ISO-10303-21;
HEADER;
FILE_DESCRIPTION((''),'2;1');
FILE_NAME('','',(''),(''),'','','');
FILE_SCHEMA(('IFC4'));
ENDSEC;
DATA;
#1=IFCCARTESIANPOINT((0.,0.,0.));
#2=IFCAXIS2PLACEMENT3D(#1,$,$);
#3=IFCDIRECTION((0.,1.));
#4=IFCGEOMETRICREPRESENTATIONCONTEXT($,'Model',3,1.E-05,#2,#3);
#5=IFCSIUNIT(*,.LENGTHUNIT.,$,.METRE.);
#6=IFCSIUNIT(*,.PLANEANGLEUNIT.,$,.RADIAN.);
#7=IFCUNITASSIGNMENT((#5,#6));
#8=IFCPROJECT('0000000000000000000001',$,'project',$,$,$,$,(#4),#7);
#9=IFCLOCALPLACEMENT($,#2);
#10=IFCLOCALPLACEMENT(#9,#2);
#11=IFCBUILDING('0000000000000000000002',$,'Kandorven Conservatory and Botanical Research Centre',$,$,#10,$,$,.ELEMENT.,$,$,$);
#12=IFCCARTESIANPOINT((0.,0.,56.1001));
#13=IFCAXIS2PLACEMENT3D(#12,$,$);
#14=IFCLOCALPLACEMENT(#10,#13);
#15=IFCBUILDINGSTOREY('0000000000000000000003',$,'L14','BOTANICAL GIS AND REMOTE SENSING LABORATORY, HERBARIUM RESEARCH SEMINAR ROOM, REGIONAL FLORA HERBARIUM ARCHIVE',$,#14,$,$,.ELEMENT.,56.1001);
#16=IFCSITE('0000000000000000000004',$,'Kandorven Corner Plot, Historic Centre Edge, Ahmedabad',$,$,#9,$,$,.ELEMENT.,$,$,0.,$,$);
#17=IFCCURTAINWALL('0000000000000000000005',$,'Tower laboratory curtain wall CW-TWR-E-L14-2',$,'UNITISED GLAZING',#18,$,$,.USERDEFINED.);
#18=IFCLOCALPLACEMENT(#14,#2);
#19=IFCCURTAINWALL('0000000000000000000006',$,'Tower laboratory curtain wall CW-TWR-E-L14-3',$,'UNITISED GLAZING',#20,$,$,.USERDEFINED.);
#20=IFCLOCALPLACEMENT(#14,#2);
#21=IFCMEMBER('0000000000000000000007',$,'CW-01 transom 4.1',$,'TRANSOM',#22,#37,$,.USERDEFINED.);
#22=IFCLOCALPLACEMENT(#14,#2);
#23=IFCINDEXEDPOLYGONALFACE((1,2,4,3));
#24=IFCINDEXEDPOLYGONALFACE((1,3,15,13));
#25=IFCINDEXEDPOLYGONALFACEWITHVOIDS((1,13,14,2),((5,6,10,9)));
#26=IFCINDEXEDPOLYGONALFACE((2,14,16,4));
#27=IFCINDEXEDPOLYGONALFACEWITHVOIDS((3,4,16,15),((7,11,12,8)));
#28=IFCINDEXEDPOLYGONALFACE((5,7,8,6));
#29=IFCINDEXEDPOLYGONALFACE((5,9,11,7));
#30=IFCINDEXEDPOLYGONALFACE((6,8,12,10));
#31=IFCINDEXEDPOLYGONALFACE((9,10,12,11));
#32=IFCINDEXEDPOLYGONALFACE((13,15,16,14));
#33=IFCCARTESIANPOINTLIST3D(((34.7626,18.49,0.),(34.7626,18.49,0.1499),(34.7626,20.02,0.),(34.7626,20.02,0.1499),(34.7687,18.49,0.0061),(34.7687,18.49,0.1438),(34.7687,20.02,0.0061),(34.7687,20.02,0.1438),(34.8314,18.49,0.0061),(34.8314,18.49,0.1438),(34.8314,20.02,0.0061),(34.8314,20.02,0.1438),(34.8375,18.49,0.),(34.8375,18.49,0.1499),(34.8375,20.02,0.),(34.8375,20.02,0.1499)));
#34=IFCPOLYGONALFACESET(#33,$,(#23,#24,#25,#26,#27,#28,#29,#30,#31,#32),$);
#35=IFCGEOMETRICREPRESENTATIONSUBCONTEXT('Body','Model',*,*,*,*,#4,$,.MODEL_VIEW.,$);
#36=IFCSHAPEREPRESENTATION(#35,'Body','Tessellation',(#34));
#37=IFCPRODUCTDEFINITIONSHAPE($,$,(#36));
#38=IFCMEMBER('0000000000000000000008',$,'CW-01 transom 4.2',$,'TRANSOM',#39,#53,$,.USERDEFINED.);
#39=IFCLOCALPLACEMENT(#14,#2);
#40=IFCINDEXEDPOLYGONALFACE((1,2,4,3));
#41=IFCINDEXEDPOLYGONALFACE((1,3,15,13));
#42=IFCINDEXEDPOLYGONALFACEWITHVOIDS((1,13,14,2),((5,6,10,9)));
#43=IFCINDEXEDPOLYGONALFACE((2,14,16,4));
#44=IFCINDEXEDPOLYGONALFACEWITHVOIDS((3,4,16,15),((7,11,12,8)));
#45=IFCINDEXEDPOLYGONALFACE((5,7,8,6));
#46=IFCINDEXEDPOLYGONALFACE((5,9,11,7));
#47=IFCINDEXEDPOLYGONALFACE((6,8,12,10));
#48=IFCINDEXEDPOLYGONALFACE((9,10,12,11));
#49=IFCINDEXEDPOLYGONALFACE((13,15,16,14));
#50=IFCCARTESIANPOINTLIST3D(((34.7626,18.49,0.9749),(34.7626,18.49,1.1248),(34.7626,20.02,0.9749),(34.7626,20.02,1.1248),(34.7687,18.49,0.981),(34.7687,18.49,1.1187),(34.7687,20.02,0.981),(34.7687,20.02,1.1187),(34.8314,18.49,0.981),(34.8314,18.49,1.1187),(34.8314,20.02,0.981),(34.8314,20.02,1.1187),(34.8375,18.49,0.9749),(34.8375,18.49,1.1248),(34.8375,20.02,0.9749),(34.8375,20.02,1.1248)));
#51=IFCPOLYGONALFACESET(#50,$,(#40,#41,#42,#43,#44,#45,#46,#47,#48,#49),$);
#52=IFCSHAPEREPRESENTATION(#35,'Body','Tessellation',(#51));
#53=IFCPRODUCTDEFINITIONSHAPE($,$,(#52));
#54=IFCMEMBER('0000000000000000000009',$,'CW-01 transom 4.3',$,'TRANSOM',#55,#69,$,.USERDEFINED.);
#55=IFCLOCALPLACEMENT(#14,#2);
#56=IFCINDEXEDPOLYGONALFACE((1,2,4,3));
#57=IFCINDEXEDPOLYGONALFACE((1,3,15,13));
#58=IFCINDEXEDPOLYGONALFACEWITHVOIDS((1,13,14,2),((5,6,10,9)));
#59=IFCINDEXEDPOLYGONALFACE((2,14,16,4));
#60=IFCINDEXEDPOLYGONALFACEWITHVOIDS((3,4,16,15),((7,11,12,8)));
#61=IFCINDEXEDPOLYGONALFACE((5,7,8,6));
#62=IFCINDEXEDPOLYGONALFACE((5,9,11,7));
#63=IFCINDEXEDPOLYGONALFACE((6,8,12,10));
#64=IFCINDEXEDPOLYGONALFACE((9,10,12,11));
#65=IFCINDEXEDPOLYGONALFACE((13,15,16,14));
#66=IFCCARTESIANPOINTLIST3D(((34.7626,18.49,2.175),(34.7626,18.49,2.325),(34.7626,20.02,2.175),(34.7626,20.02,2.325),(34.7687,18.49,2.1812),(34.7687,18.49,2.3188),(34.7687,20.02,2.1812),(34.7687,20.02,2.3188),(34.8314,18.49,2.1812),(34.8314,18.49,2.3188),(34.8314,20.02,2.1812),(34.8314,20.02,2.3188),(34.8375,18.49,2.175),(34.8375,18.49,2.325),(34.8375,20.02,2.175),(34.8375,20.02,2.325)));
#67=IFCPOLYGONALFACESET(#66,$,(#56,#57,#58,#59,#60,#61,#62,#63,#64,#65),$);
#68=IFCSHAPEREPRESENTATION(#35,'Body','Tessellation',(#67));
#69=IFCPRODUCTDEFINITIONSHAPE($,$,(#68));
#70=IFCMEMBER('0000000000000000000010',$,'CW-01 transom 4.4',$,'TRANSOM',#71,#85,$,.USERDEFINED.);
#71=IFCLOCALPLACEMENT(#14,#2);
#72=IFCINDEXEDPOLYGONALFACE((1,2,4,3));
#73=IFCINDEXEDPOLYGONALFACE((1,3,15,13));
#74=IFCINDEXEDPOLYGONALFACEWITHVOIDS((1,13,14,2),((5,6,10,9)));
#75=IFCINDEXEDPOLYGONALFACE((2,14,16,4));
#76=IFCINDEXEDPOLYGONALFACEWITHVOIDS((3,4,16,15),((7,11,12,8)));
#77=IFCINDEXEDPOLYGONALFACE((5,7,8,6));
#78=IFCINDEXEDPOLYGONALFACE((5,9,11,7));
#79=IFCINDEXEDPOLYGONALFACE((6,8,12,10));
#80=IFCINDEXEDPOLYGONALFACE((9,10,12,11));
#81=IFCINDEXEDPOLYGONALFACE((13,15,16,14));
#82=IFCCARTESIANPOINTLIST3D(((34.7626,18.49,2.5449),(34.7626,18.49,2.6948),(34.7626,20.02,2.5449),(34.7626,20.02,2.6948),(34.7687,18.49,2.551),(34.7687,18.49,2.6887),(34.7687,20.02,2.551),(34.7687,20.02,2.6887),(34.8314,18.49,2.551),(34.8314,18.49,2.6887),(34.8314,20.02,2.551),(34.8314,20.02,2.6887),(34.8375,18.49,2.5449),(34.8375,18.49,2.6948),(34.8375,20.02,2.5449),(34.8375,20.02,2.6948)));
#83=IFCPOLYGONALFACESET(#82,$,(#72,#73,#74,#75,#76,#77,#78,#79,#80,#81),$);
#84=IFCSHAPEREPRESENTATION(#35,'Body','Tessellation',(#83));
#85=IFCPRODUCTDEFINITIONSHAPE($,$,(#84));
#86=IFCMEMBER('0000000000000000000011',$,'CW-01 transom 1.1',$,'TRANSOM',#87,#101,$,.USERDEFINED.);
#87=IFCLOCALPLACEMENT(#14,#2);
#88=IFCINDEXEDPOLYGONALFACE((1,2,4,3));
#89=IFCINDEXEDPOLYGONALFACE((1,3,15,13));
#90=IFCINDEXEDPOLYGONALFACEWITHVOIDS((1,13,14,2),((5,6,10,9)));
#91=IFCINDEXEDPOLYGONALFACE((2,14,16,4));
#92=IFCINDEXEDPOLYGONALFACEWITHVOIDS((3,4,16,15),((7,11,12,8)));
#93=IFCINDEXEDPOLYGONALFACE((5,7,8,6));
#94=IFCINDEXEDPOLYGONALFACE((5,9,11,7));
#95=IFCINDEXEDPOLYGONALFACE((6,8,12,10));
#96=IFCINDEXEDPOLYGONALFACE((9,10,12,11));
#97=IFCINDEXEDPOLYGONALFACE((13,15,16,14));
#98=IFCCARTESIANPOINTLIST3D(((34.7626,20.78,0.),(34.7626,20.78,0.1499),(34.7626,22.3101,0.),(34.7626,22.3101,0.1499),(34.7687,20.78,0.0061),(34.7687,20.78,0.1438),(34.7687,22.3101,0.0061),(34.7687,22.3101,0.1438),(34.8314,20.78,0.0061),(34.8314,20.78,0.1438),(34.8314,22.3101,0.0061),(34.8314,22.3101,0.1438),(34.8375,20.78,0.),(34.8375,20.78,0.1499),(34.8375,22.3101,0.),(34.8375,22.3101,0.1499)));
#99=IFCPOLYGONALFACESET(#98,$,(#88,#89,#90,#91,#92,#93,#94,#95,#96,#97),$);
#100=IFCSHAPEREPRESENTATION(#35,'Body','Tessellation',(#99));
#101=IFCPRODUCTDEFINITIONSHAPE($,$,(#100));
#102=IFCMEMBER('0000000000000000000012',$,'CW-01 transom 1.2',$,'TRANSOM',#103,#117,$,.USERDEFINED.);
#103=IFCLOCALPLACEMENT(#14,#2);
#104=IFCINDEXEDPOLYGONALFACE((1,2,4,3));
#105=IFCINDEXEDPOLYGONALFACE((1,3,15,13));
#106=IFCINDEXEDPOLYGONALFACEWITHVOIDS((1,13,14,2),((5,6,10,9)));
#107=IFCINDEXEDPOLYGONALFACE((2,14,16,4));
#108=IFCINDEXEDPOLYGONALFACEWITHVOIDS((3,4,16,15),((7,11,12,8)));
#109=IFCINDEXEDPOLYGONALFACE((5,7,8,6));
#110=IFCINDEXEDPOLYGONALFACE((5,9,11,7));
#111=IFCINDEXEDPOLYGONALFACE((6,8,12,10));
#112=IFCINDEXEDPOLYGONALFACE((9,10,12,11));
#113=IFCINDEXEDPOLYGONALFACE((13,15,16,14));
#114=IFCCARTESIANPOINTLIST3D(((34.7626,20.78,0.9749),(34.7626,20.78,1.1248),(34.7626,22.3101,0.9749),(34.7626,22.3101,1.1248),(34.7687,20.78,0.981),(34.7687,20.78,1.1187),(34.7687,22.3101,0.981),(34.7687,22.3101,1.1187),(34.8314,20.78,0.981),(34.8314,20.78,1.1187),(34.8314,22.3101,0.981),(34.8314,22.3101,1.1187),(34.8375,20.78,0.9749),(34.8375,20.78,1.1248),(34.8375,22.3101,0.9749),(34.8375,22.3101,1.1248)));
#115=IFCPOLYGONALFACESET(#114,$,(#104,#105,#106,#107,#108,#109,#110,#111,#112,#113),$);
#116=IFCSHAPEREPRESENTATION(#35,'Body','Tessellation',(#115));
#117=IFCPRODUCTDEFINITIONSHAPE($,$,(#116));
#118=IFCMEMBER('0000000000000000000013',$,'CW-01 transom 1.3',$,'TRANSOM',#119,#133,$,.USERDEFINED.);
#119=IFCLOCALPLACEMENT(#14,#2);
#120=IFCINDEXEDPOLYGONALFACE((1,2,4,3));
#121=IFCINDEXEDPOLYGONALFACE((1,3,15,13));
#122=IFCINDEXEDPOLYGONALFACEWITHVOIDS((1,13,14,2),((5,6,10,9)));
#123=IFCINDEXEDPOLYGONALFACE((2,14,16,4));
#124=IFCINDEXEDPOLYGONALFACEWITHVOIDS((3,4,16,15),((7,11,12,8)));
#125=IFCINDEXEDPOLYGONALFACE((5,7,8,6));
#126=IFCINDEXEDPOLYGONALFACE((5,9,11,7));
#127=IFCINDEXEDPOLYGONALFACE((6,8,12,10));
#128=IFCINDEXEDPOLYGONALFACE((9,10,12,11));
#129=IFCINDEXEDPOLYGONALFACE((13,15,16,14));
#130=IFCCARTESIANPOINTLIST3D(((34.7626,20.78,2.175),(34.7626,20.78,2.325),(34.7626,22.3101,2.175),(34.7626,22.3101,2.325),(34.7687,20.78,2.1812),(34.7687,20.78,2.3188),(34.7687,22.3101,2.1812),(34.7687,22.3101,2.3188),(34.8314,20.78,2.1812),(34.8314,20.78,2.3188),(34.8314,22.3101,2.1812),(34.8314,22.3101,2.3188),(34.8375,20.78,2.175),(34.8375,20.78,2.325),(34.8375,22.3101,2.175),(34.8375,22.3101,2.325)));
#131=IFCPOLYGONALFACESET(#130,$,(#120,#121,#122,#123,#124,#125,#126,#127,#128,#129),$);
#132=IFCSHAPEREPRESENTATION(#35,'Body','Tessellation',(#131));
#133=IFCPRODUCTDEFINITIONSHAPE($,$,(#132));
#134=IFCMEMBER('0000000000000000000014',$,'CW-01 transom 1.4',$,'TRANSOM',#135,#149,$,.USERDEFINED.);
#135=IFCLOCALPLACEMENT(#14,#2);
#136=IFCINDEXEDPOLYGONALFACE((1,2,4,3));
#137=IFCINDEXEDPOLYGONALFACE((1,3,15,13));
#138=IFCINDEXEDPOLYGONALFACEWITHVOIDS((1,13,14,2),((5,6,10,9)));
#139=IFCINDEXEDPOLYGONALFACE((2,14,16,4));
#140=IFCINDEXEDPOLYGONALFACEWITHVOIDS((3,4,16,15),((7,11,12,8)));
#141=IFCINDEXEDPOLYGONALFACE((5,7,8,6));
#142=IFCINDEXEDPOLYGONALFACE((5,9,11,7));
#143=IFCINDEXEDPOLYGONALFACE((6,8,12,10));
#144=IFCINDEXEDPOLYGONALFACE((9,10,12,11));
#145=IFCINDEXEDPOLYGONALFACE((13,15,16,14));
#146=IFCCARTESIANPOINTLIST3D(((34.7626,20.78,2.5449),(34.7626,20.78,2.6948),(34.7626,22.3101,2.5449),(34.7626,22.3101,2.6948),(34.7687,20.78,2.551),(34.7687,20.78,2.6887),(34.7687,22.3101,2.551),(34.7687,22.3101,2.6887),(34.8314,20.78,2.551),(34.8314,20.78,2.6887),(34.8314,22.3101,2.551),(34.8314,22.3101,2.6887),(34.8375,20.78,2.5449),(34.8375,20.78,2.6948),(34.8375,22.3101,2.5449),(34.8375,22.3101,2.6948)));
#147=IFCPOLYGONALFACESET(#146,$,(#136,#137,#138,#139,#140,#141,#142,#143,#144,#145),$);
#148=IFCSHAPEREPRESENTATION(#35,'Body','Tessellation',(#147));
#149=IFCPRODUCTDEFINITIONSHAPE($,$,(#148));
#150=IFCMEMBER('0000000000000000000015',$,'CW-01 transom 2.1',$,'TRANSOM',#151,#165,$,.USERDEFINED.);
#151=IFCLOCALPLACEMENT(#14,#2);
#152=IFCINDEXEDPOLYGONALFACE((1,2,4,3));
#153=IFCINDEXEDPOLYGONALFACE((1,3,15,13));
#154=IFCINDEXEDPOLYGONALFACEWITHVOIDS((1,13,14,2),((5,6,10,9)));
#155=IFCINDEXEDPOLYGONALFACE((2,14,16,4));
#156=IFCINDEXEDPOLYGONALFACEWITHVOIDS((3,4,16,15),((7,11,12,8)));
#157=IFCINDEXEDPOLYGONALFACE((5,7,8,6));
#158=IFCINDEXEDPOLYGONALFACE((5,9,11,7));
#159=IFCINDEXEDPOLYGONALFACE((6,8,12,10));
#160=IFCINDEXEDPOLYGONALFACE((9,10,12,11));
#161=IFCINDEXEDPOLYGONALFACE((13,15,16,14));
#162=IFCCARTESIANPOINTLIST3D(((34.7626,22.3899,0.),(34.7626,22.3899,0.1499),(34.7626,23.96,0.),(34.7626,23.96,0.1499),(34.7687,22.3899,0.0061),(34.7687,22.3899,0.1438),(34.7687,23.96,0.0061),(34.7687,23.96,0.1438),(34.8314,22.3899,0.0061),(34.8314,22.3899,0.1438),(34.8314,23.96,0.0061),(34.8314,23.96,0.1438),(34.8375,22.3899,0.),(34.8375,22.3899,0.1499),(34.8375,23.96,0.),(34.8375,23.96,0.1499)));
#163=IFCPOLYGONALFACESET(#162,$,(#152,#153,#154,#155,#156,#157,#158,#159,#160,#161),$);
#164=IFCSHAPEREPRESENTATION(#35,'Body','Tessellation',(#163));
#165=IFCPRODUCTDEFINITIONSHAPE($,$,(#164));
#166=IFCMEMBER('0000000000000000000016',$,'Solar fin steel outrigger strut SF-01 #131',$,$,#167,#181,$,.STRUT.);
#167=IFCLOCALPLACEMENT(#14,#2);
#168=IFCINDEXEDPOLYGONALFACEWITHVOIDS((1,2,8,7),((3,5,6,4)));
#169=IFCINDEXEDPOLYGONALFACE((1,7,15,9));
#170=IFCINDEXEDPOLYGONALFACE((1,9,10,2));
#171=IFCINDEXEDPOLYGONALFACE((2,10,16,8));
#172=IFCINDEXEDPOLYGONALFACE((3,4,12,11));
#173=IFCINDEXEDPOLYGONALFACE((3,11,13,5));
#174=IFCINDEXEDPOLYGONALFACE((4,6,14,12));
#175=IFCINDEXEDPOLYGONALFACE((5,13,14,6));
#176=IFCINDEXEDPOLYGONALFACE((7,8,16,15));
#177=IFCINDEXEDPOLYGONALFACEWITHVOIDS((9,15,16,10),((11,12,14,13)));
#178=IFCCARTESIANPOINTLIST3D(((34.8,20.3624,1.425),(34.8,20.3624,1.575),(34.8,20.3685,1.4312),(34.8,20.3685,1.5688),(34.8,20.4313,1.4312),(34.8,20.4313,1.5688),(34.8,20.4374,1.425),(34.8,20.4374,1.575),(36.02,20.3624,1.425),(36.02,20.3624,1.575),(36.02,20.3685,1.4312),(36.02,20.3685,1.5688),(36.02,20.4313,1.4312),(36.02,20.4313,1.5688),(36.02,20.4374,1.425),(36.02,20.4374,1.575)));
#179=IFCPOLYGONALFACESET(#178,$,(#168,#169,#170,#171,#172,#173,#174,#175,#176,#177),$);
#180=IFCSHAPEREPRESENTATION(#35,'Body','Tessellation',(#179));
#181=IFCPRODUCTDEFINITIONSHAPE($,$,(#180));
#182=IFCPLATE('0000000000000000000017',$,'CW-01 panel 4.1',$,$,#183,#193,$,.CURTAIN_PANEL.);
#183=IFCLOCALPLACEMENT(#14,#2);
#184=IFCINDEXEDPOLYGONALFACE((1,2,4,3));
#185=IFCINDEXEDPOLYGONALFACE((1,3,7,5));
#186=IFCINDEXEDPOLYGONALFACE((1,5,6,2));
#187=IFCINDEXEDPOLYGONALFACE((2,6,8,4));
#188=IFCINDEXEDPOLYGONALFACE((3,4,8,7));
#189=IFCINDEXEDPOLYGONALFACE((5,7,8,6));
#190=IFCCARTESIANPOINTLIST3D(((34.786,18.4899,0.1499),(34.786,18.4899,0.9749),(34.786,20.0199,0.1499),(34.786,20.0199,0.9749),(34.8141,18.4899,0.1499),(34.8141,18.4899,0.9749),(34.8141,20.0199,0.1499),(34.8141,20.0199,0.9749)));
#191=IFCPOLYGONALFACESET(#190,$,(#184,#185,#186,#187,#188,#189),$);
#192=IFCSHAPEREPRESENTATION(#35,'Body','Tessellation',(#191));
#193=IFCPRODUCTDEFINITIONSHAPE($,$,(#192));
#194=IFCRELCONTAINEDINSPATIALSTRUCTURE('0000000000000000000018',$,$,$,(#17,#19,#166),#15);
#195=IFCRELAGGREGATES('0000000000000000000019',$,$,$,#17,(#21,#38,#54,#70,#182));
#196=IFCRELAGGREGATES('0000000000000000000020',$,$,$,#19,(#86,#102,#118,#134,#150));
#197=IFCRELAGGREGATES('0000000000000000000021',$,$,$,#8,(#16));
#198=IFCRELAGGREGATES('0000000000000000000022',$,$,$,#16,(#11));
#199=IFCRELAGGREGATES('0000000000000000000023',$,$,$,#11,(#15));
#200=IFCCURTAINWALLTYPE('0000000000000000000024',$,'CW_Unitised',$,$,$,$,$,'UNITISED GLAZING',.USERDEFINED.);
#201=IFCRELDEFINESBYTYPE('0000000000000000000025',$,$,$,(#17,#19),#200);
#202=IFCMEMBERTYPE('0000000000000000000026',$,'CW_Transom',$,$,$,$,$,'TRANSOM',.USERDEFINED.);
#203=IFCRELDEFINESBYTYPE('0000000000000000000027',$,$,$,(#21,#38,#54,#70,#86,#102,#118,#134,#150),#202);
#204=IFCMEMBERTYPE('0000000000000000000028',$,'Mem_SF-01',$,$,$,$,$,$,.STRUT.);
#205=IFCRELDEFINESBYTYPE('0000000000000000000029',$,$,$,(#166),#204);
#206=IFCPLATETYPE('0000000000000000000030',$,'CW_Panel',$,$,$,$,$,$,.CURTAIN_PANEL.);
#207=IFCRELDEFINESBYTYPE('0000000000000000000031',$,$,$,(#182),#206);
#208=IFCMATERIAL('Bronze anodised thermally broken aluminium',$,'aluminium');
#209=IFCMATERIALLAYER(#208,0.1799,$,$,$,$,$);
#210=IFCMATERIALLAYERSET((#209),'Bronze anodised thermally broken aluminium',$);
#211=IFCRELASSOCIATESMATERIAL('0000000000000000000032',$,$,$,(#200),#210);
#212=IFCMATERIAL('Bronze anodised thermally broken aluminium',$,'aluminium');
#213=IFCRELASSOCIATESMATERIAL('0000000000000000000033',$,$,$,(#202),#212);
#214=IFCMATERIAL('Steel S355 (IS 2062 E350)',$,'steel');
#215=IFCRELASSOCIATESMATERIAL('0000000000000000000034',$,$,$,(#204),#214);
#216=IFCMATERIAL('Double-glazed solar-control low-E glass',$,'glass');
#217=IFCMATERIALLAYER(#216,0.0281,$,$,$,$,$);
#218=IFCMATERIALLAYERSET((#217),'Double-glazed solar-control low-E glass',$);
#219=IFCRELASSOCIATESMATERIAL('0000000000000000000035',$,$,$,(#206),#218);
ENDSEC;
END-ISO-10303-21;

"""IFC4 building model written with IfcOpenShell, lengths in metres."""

from ifc_helpers import new_model, si_unit, direction, frame, origin, origin_2d, place, context, subcontext, project, spatial, rectangle, hollow_rectangle, extrude, material, layer, layer_set, material_profile, profile_set, type_object, element, aggregate, save


model = new_model("IFC4")

# Units and contexts
model_context = context("Model", 3, precision=1e-05, world=origin(), true_north=direction((0.0, 1.0)))
body_context = subcontext(model_context, "Body", "Model", "MODEL_VIEW")
ifc_project = project(units=[si_unit("LENGTHUNIT", "METRE"), si_unit("PLANEANGLEUNIT", "RADIAN")], contexts=[model_context])

# Site, building, storey
site_placement = place(None, origin())
site = spatial("IfcSite", under=ifc_project, at=site_placement, Name="Kandorven Corner Plot, Historic Centre Edge, Ahmedabad", CompositionType="ELEMENT", RefElevation=0.0)
building_placement = place(site_placement, origin())
building = spatial("IfcBuilding", under=site, at=building_placement, Name="Kandorven Conservatory and Botanical Research Centre", CompositionType="ELEMENT")
storey_placement = place(building_placement, frame((0.0, 0.0, 56.1001)))
storey = spatial("IfcBuildingStorey", under=building, at=storey_placement, Name="L14", Description="BOTANICAL GIS AND REMOTE SENSING LABORATORY, HERBARIUM RESEARCH SEMINAR ROOM, REGIONAL FLORA HERBARIUM ARCHIVE", CompositionType="ELEMENT", Elevation=56.1001)

# Curtain walls
ifc_material_1 = material(Name="Bronze anodised thermally broken aluminium", Category="aluminium")
ifc_layer_1 = layer(ifc_material_1, 0.1799)
ifc_layer_set_1 = layer_set([ifc_layer_1], Name="Bronze anodised thermally broken aluminium")
curtain_wall_type = type_object("IfcCurtainWallType", Name="CW_Unitised", ElementType="UNITISED GLAZING", PredefinedType="USERDEFINED", material=ifc_layer_set_1)
curtain_wall_1_placement = place(storey_placement, origin())
curtain_wall_1 = element("IfcCurtainWall", 1, at=curtain_wall_1_placement, inside=storey, type_object=curtain_wall_type, Name="Tower laboratory curtain wall CW-TWR-E-L14-2", ObjectType="UNITISED GLAZING", PredefinedType="USERDEFINED")
curtain_wall_2_placement = place(storey_placement, origin())
curtain_wall_2 = element("IfcCurtainWall", 2, at=curtain_wall_2_placement, inside=storey, type_object=curtain_wall_type, Name="Tower laboratory curtain wall CW-TWR-E-L14-3", ObjectType="UNITISED GLAZING", PredefinedType="USERDEFINED")

# Members
ifc_material_2 = material(Name="Bronze anodised thermally broken aluminium", Category="aluminium")
ifc_material_profile_1 = material_profile(ifc_material_2, hollow_rectangle(XDim=0.075, YDim=0.1499, WallThickness=0.0061, at=origin_2d()))
ifc_profile_set_1 = profile_set([ifc_material_profile_1], Name="Bronze anodised thermally broken aluminium")
member_type_1 = type_object("IfcMemberType", Name="CW_Transom", ElementType="TRANSOM", PredefinedType="USERDEFINED", material=ifc_profile_set_1)
member_1_placement = place(storey_placement, frame((34.8, 18.49, 0.075), z_axis=(0.0, 1.0, 0.0), x_axis=(-1.0, 0.0, 0.0)))
member_1 = element("IfcMember", 3, at=member_1_placement, type_object=member_type_1, Name="CW-01 transom 4.1", ObjectType="TRANSOM", PredefinedType="USERDEFINED", context=body_context, shape_type="SweptSolid", body=[
    extrude(hollow_rectangle(XDim=0.075, YDim=0.1499, WallThickness=0.0061, at=origin_2d()), origin(), (0.0, 0.0, 1.0), 1.53),
])
member_2_placement = place(storey_placement, frame((34.8, 18.49, 1.0498), z_axis=(0.0, 1.0, 0.0), x_axis=(-1.0, 0.0, 0.0)))
member_2 = element("IfcMember", 4, at=member_2_placement, type_object=member_type_1, Name="CW-01 transom 4.2", ObjectType="TRANSOM", PredefinedType="USERDEFINED", context=body_context, shape_type="SweptSolid", body=[
    extrude(hollow_rectangle(XDim=0.075, YDim=0.1499, WallThickness=0.0061, at=origin_2d()), origin(), (0.0, 0.0, 1.0), 1.53),
])
member_3_placement = place(storey_placement, frame((34.8, 18.49, 2.25), z_axis=(0.0, 1.0, 0.0), x_axis=(-1.0, 0.0, 0.0)))
member_3 = element("IfcMember", 5, at=member_3_placement, type_object=member_type_1, Name="CW-01 transom 4.3", ObjectType="TRANSOM", PredefinedType="USERDEFINED", context=body_context, shape_type="SweptSolid", body=[
    extrude(hollow_rectangle(XDim=0.075, YDim=0.1499, WallThickness=0.0061, at=origin_2d()), origin(), (0.0, 0.0, 1.0), 1.53),
])
member_4_placement = place(storey_placement, frame((34.8, 18.49, 2.6199), z_axis=(0.0, 1.0, 0.0), x_axis=(-1.0, 0.0, 0.0)))
member_4 = element("IfcMember", 6, at=member_4_placement, type_object=member_type_1, Name="CW-01 transom 4.4", ObjectType="TRANSOM", PredefinedType="USERDEFINED", context=body_context, shape_type="SweptSolid", body=[
    extrude(hollow_rectangle(XDim=0.075, YDim=0.1499, WallThickness=0.0061, at=origin_2d()), origin(), (0.0, 0.0, 1.0), 1.53),
])
member_5_placement = place(storey_placement, frame((34.8, 20.78, 0.075), z_axis=(0.0, 1.0, 0.0), x_axis=(-1.0, 0.0, 0.0)))
member_5 = element("IfcMember", 7, at=member_5_placement, type_object=member_type_1, Name="CW-01 transom 1.1", ObjectType="TRANSOM", PredefinedType="USERDEFINED", context=body_context, shape_type="SweptSolid", body=[
    extrude(hollow_rectangle(XDim=0.075, YDim=0.1499, WallThickness=0.0061, at=origin_2d()), origin(), (0.0, 0.0, 1.0), 1.53),
])
member_6_placement = place(storey_placement, frame((34.8, 20.78, 1.0498), z_axis=(0.0, 1.0, 0.0), x_axis=(-1.0, 0.0, 0.0)))
member_6 = element("IfcMember", 8, at=member_6_placement, type_object=member_type_1, Name="CW-01 transom 1.2", ObjectType="TRANSOM", PredefinedType="USERDEFINED", context=body_context, shape_type="SweptSolid", body=[
    extrude(hollow_rectangle(XDim=0.075, YDim=0.1499, WallThickness=0.0061, at=origin_2d()), origin(), (0.0, 0.0, 1.0), 1.53),
])
member_7_placement = place(storey_placement, frame((34.8, 20.78, 2.25), z_axis=(0.0, 1.0, 0.0), x_axis=(-1.0, 0.0, 0.0)))
member_7 = element("IfcMember", 9, at=member_7_placement, type_object=member_type_1, Name="CW-01 transom 1.3", ObjectType="TRANSOM", PredefinedType="USERDEFINED", context=body_context, shape_type="SweptSolid", body=[
    extrude(hollow_rectangle(XDim=0.075, YDim=0.1499, WallThickness=0.0061, at=origin_2d()), origin(), (0.0, 0.0, 1.0), 1.53),
])
member_8_placement = place(storey_placement, frame((34.8, 20.78, 2.6199), z_axis=(0.0, 1.0, 0.0), x_axis=(-1.0, 0.0, 0.0)))
member_8 = element("IfcMember", 10, at=member_8_placement, type_object=member_type_1, Name="CW-01 transom 1.4", ObjectType="TRANSOM", PredefinedType="USERDEFINED", context=body_context, shape_type="SweptSolid", body=[
    extrude(hollow_rectangle(XDim=0.075, YDim=0.1499, WallThickness=0.0061, at=origin_2d()), origin(), (0.0, 0.0, 1.0), 1.53),
])
member_9_placement = place(storey_placement, frame((34.8, 22.3899, 0.075), z_axis=(0.0, 1.0, 0.0), x_axis=(-1.0, 0.0, 0.0)))
member_9 = element("IfcMember", 11, at=member_9_placement, type_object=member_type_1, Name="CW-01 transom 2.1", ObjectType="TRANSOM", PredefinedType="USERDEFINED", context=body_context, shape_type="SweptSolid", body=[
    extrude(hollow_rectangle(XDim=0.075, YDim=0.1499, WallThickness=0.0061, at=origin_2d()), origin(), (0.0, 0.0, 1.0), 1.5701),
])
ifc_material_3 = material(Name="Steel S355 (IS 2062 E350)", Category="steel")
ifc_material_profile_2 = material_profile(ifc_material_3, hollow_rectangle(XDim=0.075, YDim=0.1499, WallThickness=0.0061, at=origin_2d()))
ifc_profile_set_2 = profile_set([ifc_material_profile_2], Name="Steel S355 (IS 2062 E350)")
member_type_2 = type_object("IfcMemberType", Name="Mem_SF-01", PredefinedType="STRUT", material=ifc_profile_set_2)
member_10_placement = place(storey_placement, frame((34.8, 20.3999, 1.5), z_axis=(1.0, 0.0, 0.0), x_axis=(0.0, 1.0, 0.0)))
element("IfcMember", 12, at=member_10_placement, inside=storey, type_object=member_type_2, Name="Solar fin steel outrigger strut SF-01 #131", PredefinedType="STRUT", context=body_context, shape_type="SweptSolid", body=[
    extrude(hollow_rectangle(XDim=0.075, YDim=0.1499, WallThickness=0.0061, at=origin_2d()), origin(), (0.0, 0.0, 1.0), 1.22),
])

# Plate
ifc_material_4 = material(Name="Double-glazed solar-control low-E glass", Category="glass")
ifc_layer_2 = layer(ifc_material_4, 0.0281)
ifc_layer_set_2 = layer_set([ifc_layer_2], Name="Double-glazed solar-control low-E glass")
plate_type_1 = type_object("IfcPlateType", Name="CW_Panel", PredefinedType="CURTAIN_PANEL", material=ifc_layer_set_2)
plate_1_placement = place(storey_placement, frame((34.8, 19.2549, 0.1499), z_axis=(0.0, 0.0, 1.0), x_axis=(0.0, 1.0, 0.0)))
plate_1 = element("IfcPlate", 13, at=plate_1_placement, type_object=plate_type_1, Name="CW-01 panel 4.1", PredefinedType="CURTAIN_PANEL", context=body_context, shape_type="SweptSolid", body=[
    extrude(rectangle(XDim=1.53, YDim=0.0281, at=origin_2d()), origin(), (0.0, 0.0, 1.0), 0.825),
])
aggregate(curtain_wall_1, [member_1, member_2, member_3, member_4, plate_1])
aggregate(curtain_wall_2, [member_5, member_6, member_7, member_8, member_9])

save(model, "model.ifc")
